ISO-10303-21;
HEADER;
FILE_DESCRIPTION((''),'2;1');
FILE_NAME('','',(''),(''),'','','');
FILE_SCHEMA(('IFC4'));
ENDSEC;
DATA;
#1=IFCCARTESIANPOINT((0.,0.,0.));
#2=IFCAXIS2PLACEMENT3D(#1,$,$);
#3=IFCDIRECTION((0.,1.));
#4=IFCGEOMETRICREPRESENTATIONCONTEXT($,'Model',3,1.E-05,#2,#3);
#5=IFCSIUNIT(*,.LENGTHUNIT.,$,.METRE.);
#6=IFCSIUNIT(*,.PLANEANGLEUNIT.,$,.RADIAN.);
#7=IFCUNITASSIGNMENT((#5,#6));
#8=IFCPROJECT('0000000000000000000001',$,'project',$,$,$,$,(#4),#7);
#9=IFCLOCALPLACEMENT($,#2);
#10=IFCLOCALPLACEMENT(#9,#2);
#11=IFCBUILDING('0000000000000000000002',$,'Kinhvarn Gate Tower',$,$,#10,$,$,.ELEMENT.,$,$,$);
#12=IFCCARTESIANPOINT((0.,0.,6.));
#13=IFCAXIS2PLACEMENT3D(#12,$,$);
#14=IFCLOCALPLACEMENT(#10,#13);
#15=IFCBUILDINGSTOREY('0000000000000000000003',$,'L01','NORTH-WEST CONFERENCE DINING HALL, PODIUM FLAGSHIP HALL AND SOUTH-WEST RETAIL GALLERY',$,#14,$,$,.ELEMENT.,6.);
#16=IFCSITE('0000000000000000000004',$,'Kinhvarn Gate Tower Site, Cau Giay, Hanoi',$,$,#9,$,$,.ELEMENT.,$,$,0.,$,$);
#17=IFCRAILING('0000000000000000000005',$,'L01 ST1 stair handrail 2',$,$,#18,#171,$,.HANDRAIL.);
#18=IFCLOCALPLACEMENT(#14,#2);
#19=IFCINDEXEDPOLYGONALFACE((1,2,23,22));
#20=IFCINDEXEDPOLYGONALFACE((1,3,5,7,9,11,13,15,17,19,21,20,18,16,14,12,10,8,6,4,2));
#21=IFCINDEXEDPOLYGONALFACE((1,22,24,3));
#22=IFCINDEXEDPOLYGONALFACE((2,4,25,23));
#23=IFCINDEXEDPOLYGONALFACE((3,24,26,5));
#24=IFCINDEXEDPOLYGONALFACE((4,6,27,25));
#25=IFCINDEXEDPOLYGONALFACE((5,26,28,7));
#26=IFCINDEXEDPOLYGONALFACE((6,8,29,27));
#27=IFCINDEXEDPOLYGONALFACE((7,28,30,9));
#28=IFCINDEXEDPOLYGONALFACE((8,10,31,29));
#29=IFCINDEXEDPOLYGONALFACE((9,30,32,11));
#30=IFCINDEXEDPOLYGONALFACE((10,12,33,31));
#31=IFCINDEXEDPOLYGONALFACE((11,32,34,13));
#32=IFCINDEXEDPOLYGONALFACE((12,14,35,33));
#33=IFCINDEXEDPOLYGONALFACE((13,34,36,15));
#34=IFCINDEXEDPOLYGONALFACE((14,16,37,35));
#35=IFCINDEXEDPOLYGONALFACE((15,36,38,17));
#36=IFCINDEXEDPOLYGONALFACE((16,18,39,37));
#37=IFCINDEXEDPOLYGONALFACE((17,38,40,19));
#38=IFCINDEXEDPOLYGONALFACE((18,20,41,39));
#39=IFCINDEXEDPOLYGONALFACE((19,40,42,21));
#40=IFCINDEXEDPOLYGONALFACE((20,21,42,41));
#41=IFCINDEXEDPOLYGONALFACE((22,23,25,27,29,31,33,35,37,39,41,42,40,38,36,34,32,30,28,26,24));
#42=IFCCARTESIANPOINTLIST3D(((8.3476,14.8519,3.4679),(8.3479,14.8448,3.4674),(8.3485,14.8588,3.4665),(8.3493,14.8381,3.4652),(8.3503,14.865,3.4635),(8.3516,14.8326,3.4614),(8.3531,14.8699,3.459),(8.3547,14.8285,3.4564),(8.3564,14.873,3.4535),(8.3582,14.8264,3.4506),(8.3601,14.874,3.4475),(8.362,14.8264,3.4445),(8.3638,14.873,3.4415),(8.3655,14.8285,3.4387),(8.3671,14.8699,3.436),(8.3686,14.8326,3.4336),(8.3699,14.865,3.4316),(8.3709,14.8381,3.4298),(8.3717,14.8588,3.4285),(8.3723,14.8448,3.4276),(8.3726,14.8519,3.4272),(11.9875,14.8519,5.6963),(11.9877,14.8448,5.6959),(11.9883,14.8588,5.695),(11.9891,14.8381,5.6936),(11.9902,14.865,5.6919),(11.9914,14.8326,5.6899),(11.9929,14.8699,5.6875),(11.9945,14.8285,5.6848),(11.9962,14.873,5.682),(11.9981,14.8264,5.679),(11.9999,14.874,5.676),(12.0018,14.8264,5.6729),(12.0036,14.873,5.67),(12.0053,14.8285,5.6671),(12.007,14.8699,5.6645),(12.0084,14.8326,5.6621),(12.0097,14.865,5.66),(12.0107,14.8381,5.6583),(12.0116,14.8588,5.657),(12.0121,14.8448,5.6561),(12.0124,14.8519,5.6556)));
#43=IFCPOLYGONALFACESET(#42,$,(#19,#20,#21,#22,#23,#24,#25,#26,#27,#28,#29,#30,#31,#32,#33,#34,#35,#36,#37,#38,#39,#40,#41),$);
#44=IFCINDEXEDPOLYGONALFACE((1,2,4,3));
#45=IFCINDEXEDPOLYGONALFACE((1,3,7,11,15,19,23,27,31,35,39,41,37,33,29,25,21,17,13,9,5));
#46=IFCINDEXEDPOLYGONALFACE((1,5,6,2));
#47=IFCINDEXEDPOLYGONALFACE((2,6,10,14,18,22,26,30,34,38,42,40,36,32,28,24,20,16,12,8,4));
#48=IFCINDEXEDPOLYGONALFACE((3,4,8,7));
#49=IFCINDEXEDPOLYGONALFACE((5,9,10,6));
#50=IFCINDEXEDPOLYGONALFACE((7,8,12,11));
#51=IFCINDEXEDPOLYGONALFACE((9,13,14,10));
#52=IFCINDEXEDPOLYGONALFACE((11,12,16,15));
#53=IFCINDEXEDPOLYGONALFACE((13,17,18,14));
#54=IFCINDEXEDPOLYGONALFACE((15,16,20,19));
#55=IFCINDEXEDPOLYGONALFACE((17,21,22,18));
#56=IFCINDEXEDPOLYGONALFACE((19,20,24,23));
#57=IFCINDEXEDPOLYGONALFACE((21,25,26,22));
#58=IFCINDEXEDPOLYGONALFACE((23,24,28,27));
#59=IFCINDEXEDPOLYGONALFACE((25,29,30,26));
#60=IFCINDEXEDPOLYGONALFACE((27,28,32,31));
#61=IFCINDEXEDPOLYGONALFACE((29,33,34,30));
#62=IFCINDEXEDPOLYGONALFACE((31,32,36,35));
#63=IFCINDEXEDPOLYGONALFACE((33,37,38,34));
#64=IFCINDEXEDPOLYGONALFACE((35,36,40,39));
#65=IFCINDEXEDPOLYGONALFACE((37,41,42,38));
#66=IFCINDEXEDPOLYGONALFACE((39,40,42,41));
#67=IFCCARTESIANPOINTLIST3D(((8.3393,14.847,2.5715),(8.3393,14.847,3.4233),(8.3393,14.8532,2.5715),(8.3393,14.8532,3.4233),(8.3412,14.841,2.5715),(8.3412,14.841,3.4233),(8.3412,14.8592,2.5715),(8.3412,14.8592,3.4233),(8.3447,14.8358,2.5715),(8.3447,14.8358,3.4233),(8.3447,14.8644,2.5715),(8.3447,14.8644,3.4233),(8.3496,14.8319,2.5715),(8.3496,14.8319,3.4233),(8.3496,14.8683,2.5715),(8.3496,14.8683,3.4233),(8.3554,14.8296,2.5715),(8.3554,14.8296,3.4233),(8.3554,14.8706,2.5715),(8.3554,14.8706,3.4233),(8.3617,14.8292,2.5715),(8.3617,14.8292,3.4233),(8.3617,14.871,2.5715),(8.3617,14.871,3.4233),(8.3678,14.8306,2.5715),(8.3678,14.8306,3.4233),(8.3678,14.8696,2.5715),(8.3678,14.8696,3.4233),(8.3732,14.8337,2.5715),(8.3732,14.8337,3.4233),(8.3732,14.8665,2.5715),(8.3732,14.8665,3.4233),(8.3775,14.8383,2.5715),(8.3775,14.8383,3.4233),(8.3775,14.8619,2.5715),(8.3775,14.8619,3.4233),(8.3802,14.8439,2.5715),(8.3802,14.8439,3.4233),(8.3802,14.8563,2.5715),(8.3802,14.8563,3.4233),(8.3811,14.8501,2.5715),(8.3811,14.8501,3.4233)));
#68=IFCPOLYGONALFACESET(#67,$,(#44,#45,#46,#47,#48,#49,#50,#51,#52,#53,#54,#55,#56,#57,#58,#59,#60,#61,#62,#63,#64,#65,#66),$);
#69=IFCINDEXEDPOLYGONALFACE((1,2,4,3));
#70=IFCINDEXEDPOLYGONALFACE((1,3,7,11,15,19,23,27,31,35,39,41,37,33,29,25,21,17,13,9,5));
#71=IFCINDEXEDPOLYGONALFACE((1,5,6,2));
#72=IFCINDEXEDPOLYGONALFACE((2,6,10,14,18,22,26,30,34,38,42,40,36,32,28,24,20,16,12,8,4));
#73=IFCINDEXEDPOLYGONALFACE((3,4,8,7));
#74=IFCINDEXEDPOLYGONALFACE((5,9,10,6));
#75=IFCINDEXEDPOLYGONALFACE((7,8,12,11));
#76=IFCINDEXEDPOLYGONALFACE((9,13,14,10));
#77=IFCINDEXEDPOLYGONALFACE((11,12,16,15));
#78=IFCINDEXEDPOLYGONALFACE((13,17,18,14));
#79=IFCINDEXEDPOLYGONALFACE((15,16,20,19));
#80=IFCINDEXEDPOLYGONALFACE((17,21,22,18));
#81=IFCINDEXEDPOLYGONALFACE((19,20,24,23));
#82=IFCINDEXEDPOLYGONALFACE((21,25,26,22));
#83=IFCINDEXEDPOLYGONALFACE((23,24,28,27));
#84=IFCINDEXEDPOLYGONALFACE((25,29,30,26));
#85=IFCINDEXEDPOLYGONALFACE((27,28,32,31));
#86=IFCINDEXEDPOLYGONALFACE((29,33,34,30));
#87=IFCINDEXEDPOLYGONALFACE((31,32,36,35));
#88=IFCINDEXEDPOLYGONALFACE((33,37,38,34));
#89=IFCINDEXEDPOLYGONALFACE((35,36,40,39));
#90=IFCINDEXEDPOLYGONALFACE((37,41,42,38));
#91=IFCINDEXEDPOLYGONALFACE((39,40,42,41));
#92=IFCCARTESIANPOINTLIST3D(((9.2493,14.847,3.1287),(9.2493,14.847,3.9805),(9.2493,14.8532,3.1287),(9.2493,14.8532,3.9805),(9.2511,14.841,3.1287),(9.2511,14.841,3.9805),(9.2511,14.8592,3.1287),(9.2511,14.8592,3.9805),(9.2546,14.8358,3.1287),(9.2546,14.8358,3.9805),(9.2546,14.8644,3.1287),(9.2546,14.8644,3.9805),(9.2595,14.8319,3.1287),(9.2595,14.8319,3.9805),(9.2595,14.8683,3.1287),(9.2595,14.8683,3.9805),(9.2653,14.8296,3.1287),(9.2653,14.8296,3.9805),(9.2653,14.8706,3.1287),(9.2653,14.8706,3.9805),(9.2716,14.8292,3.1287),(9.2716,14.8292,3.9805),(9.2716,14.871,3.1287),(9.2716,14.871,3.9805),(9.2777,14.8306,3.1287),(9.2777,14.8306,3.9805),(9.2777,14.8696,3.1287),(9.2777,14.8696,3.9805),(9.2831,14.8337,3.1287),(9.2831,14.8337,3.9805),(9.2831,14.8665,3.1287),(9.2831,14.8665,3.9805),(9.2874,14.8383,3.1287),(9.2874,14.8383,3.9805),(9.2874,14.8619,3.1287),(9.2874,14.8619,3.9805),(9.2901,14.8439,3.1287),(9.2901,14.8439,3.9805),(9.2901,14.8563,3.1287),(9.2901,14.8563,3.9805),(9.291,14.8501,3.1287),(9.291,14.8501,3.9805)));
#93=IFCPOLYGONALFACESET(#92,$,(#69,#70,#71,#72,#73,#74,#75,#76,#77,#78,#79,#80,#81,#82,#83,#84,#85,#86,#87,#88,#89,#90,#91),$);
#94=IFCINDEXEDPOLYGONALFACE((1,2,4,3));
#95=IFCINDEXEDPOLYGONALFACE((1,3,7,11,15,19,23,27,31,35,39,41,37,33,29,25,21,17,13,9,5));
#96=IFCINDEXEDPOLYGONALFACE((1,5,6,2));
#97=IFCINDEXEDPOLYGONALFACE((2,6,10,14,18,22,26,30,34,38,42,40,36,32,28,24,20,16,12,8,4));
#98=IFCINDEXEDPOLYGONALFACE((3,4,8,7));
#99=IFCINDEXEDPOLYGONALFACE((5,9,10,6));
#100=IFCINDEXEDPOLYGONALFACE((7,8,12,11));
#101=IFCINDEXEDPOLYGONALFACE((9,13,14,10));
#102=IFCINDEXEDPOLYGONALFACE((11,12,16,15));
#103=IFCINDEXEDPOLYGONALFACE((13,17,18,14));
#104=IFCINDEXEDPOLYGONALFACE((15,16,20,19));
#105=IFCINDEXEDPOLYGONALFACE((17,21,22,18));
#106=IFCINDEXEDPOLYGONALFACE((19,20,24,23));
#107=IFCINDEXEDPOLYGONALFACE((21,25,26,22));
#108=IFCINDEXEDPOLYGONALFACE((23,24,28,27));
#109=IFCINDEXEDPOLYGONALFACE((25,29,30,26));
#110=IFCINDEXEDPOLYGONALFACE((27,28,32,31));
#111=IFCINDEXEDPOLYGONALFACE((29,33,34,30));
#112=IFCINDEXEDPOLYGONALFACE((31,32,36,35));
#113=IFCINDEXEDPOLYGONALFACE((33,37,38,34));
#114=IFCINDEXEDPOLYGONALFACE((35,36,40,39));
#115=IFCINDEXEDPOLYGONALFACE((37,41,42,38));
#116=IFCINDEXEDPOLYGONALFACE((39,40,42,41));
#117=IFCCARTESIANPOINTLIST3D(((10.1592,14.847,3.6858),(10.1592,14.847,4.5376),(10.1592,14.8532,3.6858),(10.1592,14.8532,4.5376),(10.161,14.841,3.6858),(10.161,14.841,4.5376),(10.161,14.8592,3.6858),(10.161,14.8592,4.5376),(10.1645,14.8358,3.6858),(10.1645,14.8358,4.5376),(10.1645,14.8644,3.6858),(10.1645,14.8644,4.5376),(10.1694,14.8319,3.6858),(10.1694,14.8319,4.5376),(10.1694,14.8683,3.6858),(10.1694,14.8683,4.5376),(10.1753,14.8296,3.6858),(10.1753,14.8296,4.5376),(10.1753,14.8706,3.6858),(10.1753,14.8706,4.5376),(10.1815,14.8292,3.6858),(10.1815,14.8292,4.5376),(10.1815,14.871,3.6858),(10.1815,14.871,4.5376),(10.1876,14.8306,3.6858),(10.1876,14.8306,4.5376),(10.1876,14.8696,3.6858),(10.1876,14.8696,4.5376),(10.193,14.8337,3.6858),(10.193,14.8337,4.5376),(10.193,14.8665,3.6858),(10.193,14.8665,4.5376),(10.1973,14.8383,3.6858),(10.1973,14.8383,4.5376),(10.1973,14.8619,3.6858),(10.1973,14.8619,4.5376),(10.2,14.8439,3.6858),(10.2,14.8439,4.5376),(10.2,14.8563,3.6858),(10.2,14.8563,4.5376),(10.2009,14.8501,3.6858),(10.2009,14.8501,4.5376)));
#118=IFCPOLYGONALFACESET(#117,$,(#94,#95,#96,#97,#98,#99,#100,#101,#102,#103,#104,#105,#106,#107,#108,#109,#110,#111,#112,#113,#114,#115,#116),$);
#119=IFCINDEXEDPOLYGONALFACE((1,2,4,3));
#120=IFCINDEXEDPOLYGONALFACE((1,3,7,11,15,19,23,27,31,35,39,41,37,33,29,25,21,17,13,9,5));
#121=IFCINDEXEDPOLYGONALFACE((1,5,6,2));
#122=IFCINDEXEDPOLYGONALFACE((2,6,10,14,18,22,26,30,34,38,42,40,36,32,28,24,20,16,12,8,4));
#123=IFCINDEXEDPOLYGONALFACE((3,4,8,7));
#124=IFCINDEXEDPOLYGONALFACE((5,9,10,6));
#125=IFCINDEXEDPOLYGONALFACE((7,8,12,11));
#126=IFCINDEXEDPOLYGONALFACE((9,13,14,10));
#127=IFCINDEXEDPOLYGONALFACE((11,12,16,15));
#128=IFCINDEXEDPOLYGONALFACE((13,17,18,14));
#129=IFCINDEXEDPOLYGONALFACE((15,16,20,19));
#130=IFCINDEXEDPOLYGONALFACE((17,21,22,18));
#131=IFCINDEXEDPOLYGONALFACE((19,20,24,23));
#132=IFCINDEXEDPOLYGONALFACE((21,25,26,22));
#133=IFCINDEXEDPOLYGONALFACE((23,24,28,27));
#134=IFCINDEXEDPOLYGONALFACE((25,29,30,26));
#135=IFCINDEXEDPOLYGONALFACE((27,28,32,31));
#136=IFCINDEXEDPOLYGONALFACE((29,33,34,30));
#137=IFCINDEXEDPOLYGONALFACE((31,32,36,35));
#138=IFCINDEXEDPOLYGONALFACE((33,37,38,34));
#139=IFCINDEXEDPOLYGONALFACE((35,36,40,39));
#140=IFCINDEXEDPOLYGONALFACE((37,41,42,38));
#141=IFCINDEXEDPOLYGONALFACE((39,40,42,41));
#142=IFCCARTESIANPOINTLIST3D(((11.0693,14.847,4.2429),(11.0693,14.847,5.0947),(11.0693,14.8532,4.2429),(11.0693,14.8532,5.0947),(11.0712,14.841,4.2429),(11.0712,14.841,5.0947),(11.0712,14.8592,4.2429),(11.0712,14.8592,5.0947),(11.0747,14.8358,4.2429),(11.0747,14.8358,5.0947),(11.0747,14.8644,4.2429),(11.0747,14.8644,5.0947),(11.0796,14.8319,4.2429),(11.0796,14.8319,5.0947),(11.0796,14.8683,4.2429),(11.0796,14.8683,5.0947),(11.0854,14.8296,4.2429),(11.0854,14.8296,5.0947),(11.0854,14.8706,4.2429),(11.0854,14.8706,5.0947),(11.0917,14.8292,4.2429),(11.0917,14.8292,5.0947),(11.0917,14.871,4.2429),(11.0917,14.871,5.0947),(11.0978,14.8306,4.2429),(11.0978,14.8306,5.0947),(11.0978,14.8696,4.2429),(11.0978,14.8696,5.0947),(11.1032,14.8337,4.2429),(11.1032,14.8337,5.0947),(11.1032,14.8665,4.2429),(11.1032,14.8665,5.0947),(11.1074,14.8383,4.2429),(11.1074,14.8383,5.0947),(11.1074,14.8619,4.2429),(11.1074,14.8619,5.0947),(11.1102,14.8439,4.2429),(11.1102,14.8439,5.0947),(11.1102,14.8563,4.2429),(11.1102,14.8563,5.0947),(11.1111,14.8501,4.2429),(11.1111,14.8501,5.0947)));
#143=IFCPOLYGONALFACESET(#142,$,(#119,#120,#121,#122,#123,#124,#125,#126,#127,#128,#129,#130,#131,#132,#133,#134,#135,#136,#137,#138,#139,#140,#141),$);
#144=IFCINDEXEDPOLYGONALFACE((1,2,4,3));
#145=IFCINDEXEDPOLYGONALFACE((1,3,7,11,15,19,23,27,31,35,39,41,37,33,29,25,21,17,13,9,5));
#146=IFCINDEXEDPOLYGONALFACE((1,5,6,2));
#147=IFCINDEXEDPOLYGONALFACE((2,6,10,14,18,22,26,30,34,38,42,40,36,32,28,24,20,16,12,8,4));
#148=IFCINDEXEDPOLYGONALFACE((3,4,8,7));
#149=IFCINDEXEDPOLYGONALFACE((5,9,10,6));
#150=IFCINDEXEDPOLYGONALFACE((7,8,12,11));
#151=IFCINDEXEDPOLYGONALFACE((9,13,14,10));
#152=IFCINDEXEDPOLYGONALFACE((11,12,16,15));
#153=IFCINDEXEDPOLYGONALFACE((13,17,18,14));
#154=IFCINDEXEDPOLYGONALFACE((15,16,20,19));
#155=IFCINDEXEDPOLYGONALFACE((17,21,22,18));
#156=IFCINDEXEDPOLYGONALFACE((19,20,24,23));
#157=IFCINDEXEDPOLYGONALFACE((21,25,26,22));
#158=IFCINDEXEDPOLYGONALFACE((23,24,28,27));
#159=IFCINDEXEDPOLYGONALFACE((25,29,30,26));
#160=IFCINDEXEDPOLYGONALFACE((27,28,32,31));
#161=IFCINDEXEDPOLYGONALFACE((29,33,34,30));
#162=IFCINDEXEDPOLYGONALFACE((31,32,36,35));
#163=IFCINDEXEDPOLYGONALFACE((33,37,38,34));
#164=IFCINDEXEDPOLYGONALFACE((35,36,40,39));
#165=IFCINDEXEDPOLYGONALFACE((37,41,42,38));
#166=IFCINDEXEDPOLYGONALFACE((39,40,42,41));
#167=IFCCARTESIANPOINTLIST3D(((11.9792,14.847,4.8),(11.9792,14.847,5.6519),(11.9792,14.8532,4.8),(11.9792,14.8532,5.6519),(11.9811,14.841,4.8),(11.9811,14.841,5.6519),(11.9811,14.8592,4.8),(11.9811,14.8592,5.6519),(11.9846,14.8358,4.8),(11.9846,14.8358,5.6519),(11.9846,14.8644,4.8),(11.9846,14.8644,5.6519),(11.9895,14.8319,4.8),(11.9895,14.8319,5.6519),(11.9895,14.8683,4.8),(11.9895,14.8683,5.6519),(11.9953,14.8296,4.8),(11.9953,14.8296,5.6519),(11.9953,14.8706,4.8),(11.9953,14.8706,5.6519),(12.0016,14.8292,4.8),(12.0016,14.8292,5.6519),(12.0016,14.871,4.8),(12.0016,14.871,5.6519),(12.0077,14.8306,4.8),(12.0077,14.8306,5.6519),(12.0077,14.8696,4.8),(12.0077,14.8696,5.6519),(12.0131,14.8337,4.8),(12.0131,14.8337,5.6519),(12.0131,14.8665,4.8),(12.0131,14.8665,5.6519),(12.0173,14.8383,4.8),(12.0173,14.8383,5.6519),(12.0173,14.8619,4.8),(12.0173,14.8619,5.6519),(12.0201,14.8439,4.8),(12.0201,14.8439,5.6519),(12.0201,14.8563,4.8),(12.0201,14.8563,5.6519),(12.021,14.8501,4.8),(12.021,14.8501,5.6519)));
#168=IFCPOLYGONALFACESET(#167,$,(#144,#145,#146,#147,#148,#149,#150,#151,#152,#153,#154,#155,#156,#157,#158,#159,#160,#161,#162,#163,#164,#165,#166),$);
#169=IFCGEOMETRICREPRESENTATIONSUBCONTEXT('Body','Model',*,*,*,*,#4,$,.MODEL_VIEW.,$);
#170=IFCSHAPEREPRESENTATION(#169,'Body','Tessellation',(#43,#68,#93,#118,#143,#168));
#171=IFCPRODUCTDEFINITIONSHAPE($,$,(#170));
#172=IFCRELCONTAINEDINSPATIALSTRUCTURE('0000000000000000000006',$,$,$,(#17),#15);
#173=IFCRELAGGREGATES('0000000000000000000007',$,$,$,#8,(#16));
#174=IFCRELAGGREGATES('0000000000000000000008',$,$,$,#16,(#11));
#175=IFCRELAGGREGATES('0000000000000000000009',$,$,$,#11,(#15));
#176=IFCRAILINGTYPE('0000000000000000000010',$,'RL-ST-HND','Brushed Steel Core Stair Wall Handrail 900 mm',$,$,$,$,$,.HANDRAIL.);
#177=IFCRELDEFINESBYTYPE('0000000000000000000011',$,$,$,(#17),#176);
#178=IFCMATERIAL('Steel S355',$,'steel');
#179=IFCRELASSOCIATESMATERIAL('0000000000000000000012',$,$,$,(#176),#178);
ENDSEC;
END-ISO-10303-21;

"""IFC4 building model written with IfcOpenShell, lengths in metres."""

from ifc_helpers import new_model, si_unit, direction, frame, origin, origin_2d, place, context, subcontext, project, spatial, circle, extrude, material, type_object, element, save


model = new_model("IFC4")

# Units and contexts
model_context = context("Model", 3, precision=1e-05, world=origin(), true_north=direction((0.0, 1.0)))
body_context = subcontext(model_context, "Body", "Model", "MODEL_VIEW")
ifc_project = project(units=[si_unit("LENGTHUNIT", "METRE"), si_unit("PLANEANGLEUNIT", "RADIAN")], contexts=[model_context])

# Site, building, storey
site_placement = place(None, origin())
site = spatial("IfcSite", under=ifc_project, at=site_placement, Name="Kinhvarn Gate Tower Site, Cau Giay, Hanoi", CompositionType="ELEMENT", RefElevation=0.0)
building_placement = place(site_placement, origin())
building = spatial("IfcBuilding", under=site, at=building_placement, Name="Kinhvarn Gate Tower", CompositionType="ELEMENT")
storey_placement = place(building_placement, frame((0.0, 0.0, 6.0)))
storey = spatial("IfcBuildingStorey", under=building, at=storey_placement, Name="L01", Description="NORTH-WEST CONFERENCE DINING HALL, PODIUM FLAGSHIP HALL AND SOUTH-WEST RETAIL GALLERY", CompositionType="ELEMENT", Elevation=6.0)

# Shared definitions
ifc_material_1 = material(Name="Steel S355", Category="steel")

# Railing
railing_type_1 = type_object("IfcRailingType", Name="RL-ST-HND", Description="Brushed Steel Core Stair Wall Handrail 900 mm", PredefinedType="HANDRAIL", material=ifc_material_1)
railing_1_placement = place(storey_placement, frame((8.3601, 14.8501, 2.5715)))
element("IfcRailing", 1, at=railing_1_placement, inside=storey, type_object=railing_type_1, Name="L01 ST1 stair handrail 2", PredefinedType="HANDRAIL", context=body_context, shape_type="SweptSolid", body=[
    extrude(circle(Radius=0.0239, at=origin_2d()), frame((0.0, 0.0, 0.876), z_axis=(0.85285, 0.0, 0.522156), x_axis=(0.0, 1.0, 0.0)), (0.0, 0.0, 1.0), 4.2678),
    extrude(circle(Radius=0.021, at=origin_2d()), origin(), (0.0, 0.0, 1.0), 0.8518),
    extrude(circle(Radius=0.021, at=origin_2d()), frame((0.9099, 0.0, 0.5571)), (0.0, 0.0, 1.0), 0.8518),
    extrude(circle(Radius=0.021, at=origin_2d()), frame((1.8198, 0.0, 1.1143)), (0.0, 0.0, 1.0), 0.8518),
    extrude(circle(Radius=0.021, at=origin_2d()), frame((2.73, 0.0, 1.6714)), (0.0, 0.0, 1.0), 0.8518),
    extrude(circle(Radius=0.021, at=origin_2d()), frame((3.6399, 0.0, 2.2285)), (0.0, 0.0, 1.0), 0.8518),
])

save(model, "model.ifc")
